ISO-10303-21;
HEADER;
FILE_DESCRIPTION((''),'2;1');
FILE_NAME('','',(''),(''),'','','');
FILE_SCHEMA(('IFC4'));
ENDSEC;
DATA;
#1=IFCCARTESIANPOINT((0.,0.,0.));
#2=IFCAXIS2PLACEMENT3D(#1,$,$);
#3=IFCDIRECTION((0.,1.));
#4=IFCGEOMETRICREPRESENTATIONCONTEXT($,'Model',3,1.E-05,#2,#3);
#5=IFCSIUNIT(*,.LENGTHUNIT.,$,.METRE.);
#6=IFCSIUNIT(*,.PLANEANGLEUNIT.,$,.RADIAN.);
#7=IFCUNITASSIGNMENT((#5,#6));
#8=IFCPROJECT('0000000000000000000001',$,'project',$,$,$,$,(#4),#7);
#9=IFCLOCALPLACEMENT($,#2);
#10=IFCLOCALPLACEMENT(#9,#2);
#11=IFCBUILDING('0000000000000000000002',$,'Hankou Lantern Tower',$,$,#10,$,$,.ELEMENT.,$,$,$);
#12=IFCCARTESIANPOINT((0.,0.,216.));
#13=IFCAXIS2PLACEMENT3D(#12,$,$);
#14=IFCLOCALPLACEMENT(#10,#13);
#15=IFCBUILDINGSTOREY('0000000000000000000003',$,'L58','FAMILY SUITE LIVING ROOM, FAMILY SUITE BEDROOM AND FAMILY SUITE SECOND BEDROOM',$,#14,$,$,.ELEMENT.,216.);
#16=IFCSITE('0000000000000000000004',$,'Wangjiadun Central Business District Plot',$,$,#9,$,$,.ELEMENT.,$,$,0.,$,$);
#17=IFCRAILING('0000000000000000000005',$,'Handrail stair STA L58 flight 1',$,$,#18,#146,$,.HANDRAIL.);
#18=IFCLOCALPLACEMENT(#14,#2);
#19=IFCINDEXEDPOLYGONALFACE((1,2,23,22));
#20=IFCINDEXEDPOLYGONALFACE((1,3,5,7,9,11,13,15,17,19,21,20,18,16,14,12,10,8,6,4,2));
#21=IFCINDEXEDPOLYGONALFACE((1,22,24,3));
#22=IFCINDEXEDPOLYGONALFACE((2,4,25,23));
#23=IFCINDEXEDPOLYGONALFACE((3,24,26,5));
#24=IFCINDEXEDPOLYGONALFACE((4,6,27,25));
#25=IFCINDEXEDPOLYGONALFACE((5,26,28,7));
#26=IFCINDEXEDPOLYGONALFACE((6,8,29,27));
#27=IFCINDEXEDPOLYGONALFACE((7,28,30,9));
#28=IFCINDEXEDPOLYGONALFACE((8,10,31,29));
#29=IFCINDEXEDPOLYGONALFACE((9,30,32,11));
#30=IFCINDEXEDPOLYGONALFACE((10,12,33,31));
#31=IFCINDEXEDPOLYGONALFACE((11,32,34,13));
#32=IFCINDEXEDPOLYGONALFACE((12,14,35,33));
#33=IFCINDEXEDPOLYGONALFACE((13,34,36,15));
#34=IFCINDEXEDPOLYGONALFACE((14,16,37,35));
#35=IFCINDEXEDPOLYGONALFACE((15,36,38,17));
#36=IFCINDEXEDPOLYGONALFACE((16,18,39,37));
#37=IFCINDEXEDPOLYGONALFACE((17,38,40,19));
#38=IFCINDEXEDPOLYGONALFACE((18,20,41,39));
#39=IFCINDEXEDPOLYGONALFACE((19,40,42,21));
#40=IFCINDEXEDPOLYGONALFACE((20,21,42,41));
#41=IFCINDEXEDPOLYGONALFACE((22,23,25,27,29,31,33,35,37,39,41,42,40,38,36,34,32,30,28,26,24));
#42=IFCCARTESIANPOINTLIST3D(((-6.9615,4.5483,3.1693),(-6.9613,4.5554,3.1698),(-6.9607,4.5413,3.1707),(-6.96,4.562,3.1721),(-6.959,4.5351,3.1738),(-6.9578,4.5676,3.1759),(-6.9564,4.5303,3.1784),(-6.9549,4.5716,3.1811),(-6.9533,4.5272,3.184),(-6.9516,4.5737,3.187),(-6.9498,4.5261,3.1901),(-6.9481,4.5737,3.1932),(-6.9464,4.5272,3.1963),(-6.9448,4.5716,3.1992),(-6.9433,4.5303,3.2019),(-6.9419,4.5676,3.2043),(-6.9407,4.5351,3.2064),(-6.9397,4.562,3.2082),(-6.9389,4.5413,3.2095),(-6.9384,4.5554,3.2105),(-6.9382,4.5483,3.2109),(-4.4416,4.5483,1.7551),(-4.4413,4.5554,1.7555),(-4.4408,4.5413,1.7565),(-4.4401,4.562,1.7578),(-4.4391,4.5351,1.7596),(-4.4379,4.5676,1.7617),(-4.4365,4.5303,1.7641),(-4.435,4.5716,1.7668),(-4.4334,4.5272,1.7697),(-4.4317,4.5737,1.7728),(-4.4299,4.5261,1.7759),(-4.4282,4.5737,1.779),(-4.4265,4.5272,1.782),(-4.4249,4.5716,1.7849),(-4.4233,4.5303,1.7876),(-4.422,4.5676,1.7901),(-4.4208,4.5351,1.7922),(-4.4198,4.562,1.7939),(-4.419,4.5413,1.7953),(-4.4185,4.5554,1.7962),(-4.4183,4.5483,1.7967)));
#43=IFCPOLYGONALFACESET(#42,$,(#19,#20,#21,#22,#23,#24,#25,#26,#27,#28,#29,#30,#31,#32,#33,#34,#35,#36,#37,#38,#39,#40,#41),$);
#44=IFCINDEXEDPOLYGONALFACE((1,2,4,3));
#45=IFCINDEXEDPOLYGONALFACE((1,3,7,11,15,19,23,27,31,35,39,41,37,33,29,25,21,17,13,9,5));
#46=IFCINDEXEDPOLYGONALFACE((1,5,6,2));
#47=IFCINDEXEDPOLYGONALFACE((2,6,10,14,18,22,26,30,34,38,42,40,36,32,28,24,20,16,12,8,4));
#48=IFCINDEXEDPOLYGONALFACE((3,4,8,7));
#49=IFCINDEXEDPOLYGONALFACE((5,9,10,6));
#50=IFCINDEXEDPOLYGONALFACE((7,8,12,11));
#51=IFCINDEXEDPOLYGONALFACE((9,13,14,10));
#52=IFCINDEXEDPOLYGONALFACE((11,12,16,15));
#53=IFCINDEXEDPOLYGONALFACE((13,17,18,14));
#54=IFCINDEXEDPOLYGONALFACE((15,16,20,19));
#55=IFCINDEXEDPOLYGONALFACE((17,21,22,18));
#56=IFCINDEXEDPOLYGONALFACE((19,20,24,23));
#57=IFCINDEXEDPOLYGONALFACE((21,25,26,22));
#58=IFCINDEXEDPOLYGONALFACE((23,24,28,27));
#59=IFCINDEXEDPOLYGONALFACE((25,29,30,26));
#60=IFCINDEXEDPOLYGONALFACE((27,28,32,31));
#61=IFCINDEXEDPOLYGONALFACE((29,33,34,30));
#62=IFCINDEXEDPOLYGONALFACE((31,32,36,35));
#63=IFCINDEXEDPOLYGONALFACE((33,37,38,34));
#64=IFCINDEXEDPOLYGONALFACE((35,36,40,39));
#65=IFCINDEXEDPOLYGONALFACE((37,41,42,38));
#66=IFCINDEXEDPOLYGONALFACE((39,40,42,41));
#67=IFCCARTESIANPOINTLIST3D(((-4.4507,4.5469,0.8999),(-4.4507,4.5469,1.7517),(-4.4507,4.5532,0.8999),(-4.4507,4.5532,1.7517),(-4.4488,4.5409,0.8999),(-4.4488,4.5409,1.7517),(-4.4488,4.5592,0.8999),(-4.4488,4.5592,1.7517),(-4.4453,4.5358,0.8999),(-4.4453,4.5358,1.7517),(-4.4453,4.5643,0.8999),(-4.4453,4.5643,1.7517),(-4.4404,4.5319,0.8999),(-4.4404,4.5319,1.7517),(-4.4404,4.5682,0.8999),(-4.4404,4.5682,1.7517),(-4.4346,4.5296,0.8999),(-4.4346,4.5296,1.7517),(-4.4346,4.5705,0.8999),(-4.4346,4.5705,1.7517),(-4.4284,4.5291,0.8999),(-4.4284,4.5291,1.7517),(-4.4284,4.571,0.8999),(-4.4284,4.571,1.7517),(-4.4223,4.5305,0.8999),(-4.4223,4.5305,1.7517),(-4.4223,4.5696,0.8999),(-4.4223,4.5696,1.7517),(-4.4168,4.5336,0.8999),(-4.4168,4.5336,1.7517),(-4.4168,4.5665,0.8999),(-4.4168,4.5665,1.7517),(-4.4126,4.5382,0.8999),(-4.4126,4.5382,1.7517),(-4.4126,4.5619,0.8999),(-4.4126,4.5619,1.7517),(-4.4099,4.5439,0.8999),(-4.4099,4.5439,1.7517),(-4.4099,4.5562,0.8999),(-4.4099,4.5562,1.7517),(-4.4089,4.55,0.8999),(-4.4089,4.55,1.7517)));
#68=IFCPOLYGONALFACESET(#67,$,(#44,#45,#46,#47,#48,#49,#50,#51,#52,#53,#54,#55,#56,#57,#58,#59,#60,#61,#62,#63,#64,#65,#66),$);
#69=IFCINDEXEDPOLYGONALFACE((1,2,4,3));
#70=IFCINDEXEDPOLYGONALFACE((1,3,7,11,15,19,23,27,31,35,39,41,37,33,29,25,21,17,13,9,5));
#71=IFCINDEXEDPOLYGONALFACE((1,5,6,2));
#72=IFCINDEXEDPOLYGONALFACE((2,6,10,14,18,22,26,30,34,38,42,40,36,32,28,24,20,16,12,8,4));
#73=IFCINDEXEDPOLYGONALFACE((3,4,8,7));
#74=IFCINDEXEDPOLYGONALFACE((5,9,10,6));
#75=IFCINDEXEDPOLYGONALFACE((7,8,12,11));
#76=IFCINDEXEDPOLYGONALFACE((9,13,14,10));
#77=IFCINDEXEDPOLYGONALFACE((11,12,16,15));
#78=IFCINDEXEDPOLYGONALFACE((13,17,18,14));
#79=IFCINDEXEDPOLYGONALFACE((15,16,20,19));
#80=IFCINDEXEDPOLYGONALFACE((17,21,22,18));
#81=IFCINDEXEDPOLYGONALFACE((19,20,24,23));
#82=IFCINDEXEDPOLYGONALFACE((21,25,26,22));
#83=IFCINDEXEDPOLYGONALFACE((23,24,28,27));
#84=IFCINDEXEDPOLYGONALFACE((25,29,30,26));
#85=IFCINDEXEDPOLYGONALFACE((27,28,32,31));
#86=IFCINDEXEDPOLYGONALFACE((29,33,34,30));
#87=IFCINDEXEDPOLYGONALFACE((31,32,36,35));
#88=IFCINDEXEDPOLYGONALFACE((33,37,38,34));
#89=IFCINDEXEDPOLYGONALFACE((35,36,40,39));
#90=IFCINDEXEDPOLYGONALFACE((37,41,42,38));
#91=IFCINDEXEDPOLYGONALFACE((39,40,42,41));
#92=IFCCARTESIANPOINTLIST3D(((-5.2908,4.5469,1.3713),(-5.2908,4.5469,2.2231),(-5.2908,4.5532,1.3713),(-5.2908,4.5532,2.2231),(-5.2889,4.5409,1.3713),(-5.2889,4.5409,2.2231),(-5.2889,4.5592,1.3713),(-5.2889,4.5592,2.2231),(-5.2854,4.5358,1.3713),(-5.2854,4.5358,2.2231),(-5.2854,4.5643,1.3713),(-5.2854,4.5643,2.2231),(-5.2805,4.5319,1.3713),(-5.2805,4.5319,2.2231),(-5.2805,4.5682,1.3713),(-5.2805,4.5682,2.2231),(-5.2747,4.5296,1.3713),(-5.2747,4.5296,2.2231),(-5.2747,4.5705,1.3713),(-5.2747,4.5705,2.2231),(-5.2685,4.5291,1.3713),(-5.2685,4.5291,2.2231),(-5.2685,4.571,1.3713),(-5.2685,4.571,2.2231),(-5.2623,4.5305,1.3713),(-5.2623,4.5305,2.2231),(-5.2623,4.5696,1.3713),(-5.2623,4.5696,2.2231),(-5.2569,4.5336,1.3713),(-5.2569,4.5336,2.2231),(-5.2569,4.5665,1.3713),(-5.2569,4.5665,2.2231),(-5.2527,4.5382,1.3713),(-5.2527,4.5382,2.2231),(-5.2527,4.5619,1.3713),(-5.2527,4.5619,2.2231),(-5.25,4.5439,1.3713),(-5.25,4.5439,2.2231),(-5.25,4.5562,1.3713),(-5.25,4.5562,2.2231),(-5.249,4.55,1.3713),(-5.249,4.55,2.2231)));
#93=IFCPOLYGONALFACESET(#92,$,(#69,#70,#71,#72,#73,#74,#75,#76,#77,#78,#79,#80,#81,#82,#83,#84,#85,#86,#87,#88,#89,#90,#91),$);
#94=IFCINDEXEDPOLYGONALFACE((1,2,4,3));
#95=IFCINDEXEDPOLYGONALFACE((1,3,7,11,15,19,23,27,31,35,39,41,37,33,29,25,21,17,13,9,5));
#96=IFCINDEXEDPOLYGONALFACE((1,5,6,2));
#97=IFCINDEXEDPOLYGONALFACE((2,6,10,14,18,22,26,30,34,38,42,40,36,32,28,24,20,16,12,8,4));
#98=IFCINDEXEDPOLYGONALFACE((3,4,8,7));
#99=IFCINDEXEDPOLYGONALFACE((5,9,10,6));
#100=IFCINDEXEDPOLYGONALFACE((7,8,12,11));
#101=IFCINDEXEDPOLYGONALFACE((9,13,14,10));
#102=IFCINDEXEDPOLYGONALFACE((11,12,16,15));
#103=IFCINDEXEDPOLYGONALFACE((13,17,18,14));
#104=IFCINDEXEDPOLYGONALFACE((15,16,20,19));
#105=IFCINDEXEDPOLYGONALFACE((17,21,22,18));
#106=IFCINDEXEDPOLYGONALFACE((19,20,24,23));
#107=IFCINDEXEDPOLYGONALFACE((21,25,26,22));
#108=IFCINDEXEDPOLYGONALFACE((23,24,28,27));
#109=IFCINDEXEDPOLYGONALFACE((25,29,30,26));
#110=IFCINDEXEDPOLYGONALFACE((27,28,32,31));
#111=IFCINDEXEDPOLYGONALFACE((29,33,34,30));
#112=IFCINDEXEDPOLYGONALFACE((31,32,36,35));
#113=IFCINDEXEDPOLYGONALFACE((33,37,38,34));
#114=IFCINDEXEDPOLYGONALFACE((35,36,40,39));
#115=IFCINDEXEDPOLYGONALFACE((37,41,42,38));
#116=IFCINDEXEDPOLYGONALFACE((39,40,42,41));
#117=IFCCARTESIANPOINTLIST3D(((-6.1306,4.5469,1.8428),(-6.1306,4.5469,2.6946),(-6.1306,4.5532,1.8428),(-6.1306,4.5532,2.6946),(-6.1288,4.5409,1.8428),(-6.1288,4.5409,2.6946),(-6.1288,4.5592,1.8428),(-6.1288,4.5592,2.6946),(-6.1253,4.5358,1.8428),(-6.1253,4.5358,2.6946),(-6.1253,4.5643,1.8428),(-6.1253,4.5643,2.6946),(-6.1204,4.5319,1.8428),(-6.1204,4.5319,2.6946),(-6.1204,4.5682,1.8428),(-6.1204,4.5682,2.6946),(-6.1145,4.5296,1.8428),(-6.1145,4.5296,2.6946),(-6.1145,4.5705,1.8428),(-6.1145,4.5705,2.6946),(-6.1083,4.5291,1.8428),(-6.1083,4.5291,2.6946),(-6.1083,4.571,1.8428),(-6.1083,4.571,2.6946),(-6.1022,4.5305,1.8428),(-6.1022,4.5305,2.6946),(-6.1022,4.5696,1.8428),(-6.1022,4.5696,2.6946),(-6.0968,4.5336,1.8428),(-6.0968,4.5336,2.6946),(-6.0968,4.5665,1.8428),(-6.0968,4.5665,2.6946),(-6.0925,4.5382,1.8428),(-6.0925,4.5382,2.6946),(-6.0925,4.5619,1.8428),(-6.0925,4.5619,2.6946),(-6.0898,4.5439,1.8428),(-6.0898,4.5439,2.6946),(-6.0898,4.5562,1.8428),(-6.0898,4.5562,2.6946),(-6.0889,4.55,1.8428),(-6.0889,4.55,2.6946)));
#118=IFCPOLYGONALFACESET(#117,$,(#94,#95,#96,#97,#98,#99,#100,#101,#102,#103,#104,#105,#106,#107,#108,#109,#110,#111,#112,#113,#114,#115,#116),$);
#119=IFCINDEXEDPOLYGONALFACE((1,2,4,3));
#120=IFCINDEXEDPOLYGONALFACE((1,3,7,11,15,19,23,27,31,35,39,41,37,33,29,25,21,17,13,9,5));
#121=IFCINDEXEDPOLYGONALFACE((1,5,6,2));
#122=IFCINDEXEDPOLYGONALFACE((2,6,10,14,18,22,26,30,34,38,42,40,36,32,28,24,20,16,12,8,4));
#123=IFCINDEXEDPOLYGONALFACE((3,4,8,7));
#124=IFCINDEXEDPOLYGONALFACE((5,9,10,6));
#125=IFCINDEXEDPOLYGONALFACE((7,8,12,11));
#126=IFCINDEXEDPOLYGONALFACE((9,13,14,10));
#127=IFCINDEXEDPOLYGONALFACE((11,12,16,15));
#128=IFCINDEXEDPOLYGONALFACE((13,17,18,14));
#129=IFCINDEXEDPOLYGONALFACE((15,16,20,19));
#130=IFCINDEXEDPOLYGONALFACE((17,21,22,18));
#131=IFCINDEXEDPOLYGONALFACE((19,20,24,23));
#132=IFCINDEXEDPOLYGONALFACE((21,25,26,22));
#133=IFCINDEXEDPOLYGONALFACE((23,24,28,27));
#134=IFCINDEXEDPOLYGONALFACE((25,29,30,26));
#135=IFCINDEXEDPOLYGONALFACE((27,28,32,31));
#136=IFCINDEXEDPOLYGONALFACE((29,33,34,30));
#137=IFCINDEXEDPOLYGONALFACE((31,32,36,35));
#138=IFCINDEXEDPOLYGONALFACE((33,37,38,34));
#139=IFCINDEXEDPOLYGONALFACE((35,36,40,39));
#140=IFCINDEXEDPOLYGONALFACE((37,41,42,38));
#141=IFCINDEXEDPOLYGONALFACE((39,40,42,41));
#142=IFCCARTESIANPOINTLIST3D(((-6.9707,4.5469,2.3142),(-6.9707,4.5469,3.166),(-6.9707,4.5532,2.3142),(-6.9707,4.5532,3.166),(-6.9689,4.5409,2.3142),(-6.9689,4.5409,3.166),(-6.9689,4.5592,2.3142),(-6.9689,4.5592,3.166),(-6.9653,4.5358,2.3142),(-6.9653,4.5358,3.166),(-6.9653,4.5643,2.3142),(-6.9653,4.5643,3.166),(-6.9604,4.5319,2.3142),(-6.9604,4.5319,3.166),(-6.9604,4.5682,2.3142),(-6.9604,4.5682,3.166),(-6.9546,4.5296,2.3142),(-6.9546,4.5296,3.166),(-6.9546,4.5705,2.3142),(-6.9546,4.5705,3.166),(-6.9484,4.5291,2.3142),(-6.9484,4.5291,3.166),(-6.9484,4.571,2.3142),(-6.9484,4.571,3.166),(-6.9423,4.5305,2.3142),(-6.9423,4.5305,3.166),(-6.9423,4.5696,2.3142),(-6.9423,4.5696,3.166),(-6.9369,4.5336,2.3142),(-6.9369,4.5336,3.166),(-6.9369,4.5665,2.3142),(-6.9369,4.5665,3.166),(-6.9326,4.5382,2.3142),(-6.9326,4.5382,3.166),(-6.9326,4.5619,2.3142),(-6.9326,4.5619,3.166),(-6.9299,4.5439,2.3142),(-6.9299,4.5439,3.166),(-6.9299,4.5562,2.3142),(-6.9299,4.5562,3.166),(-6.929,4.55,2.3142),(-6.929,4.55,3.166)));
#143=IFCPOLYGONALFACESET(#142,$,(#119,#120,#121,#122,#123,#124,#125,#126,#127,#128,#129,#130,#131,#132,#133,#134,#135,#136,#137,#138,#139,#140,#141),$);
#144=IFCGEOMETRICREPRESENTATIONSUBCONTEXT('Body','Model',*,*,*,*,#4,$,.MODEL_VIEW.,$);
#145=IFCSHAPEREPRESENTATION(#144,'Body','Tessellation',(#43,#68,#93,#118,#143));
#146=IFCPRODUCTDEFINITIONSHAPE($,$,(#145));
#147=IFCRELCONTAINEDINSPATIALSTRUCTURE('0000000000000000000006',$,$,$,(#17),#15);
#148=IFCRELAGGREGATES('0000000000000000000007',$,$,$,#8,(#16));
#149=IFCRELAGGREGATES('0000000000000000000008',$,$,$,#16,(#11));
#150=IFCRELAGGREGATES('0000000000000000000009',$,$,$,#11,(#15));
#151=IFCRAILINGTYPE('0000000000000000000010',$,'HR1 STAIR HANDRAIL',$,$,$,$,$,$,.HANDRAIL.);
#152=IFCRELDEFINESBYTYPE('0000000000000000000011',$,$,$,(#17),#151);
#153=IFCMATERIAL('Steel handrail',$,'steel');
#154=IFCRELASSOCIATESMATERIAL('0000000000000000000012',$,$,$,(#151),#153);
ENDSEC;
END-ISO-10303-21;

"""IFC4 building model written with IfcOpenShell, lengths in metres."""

from ifc_helpers import new_model, si_unit, direction, frame, origin, origin_2d, place, context, subcontext, project, spatial, circle, extrude, material, type_object, element, save


model = new_model("IFC4")

# Units and contexts
model_context = context("Model", 3, precision=1e-05, world=origin(), true_north=direction((0.0, 1.0)))
body_context = subcontext(model_context, "Body", "Model", "MODEL_VIEW")
ifc_project = project(units=[si_unit("LENGTHUNIT", "METRE"), si_unit("PLANEANGLEUNIT", "RADIAN")], contexts=[model_context])

# Site, building, storey
site_placement = place(None, origin())
site = spatial("IfcSite", under=ifc_project, at=site_placement, Name="Wangjiadun Central Business District Plot", CompositionType="ELEMENT", RefElevation=0.0)
building_placement = place(site_placement, origin())
building = spatial("IfcBuilding", under=site, at=building_placement, Name="Hankou Lantern Tower", CompositionType="ELEMENT")
storey_placement = place(building_placement, frame((0.0, 0.0, 216.0)))
storey = spatial("IfcBuildingStorey", under=building, at=storey_placement, Name="L58", Description="FAMILY SUITE LIVING ROOM, FAMILY SUITE BEDROOM AND FAMILY SUITE SECOND BEDROOM", CompositionType="ELEMENT", Elevation=216.0)

# Railing
ifc_material_1 = material(Name="Steel handrail", Category="steel")
railing_type = type_object("IfcRailingType", Name="HR1 STAIR HANDRAIL", PredefinedType="HANDRAIL", material=ifc_material_1)
railing_1_placement = place(storey_placement, frame((-4.4299, 4.55, 0.8999)))
element("IfcRailing", 1, at=railing_1_placement, inside=storey, type_object=railing_type, Name="Handrail stair STA L58 flight 1", PredefinedType="HANDRAIL", context=body_context, shape_type="SweptSolid", body=[
    extrude(circle(Radius=0.0239, at=origin_2d()), frame((0.0, 0.0, 0.876), z_axis=(-0.872049, 0.0, 0.489419), x_axis=(0.0, -1.0, 0.0)), (0.0, 0.0, 1.0), 2.8896),
    extrude(circle(Radius=0.021, at=origin_2d()), origin(), (0.0, 0.0, 1.0), 0.8518),
    extrude(circle(Radius=0.021, at=origin_2d()), frame((-0.8401, 0.0, 0.4714)), (0.0, 0.0, 1.0), 0.8518),
    extrude(circle(Radius=0.021, at=origin_2d()), frame((-1.6799, 0.0, 0.9429)), (0.0, 0.0, 1.0), 0.8518),
    extrude(circle(Radius=0.021, at=origin_2d()), frame((-2.52, 0.0, 1.4143)), (0.0, 0.0, 1.0), 0.8518),
])

save(model, "model.ifc")
